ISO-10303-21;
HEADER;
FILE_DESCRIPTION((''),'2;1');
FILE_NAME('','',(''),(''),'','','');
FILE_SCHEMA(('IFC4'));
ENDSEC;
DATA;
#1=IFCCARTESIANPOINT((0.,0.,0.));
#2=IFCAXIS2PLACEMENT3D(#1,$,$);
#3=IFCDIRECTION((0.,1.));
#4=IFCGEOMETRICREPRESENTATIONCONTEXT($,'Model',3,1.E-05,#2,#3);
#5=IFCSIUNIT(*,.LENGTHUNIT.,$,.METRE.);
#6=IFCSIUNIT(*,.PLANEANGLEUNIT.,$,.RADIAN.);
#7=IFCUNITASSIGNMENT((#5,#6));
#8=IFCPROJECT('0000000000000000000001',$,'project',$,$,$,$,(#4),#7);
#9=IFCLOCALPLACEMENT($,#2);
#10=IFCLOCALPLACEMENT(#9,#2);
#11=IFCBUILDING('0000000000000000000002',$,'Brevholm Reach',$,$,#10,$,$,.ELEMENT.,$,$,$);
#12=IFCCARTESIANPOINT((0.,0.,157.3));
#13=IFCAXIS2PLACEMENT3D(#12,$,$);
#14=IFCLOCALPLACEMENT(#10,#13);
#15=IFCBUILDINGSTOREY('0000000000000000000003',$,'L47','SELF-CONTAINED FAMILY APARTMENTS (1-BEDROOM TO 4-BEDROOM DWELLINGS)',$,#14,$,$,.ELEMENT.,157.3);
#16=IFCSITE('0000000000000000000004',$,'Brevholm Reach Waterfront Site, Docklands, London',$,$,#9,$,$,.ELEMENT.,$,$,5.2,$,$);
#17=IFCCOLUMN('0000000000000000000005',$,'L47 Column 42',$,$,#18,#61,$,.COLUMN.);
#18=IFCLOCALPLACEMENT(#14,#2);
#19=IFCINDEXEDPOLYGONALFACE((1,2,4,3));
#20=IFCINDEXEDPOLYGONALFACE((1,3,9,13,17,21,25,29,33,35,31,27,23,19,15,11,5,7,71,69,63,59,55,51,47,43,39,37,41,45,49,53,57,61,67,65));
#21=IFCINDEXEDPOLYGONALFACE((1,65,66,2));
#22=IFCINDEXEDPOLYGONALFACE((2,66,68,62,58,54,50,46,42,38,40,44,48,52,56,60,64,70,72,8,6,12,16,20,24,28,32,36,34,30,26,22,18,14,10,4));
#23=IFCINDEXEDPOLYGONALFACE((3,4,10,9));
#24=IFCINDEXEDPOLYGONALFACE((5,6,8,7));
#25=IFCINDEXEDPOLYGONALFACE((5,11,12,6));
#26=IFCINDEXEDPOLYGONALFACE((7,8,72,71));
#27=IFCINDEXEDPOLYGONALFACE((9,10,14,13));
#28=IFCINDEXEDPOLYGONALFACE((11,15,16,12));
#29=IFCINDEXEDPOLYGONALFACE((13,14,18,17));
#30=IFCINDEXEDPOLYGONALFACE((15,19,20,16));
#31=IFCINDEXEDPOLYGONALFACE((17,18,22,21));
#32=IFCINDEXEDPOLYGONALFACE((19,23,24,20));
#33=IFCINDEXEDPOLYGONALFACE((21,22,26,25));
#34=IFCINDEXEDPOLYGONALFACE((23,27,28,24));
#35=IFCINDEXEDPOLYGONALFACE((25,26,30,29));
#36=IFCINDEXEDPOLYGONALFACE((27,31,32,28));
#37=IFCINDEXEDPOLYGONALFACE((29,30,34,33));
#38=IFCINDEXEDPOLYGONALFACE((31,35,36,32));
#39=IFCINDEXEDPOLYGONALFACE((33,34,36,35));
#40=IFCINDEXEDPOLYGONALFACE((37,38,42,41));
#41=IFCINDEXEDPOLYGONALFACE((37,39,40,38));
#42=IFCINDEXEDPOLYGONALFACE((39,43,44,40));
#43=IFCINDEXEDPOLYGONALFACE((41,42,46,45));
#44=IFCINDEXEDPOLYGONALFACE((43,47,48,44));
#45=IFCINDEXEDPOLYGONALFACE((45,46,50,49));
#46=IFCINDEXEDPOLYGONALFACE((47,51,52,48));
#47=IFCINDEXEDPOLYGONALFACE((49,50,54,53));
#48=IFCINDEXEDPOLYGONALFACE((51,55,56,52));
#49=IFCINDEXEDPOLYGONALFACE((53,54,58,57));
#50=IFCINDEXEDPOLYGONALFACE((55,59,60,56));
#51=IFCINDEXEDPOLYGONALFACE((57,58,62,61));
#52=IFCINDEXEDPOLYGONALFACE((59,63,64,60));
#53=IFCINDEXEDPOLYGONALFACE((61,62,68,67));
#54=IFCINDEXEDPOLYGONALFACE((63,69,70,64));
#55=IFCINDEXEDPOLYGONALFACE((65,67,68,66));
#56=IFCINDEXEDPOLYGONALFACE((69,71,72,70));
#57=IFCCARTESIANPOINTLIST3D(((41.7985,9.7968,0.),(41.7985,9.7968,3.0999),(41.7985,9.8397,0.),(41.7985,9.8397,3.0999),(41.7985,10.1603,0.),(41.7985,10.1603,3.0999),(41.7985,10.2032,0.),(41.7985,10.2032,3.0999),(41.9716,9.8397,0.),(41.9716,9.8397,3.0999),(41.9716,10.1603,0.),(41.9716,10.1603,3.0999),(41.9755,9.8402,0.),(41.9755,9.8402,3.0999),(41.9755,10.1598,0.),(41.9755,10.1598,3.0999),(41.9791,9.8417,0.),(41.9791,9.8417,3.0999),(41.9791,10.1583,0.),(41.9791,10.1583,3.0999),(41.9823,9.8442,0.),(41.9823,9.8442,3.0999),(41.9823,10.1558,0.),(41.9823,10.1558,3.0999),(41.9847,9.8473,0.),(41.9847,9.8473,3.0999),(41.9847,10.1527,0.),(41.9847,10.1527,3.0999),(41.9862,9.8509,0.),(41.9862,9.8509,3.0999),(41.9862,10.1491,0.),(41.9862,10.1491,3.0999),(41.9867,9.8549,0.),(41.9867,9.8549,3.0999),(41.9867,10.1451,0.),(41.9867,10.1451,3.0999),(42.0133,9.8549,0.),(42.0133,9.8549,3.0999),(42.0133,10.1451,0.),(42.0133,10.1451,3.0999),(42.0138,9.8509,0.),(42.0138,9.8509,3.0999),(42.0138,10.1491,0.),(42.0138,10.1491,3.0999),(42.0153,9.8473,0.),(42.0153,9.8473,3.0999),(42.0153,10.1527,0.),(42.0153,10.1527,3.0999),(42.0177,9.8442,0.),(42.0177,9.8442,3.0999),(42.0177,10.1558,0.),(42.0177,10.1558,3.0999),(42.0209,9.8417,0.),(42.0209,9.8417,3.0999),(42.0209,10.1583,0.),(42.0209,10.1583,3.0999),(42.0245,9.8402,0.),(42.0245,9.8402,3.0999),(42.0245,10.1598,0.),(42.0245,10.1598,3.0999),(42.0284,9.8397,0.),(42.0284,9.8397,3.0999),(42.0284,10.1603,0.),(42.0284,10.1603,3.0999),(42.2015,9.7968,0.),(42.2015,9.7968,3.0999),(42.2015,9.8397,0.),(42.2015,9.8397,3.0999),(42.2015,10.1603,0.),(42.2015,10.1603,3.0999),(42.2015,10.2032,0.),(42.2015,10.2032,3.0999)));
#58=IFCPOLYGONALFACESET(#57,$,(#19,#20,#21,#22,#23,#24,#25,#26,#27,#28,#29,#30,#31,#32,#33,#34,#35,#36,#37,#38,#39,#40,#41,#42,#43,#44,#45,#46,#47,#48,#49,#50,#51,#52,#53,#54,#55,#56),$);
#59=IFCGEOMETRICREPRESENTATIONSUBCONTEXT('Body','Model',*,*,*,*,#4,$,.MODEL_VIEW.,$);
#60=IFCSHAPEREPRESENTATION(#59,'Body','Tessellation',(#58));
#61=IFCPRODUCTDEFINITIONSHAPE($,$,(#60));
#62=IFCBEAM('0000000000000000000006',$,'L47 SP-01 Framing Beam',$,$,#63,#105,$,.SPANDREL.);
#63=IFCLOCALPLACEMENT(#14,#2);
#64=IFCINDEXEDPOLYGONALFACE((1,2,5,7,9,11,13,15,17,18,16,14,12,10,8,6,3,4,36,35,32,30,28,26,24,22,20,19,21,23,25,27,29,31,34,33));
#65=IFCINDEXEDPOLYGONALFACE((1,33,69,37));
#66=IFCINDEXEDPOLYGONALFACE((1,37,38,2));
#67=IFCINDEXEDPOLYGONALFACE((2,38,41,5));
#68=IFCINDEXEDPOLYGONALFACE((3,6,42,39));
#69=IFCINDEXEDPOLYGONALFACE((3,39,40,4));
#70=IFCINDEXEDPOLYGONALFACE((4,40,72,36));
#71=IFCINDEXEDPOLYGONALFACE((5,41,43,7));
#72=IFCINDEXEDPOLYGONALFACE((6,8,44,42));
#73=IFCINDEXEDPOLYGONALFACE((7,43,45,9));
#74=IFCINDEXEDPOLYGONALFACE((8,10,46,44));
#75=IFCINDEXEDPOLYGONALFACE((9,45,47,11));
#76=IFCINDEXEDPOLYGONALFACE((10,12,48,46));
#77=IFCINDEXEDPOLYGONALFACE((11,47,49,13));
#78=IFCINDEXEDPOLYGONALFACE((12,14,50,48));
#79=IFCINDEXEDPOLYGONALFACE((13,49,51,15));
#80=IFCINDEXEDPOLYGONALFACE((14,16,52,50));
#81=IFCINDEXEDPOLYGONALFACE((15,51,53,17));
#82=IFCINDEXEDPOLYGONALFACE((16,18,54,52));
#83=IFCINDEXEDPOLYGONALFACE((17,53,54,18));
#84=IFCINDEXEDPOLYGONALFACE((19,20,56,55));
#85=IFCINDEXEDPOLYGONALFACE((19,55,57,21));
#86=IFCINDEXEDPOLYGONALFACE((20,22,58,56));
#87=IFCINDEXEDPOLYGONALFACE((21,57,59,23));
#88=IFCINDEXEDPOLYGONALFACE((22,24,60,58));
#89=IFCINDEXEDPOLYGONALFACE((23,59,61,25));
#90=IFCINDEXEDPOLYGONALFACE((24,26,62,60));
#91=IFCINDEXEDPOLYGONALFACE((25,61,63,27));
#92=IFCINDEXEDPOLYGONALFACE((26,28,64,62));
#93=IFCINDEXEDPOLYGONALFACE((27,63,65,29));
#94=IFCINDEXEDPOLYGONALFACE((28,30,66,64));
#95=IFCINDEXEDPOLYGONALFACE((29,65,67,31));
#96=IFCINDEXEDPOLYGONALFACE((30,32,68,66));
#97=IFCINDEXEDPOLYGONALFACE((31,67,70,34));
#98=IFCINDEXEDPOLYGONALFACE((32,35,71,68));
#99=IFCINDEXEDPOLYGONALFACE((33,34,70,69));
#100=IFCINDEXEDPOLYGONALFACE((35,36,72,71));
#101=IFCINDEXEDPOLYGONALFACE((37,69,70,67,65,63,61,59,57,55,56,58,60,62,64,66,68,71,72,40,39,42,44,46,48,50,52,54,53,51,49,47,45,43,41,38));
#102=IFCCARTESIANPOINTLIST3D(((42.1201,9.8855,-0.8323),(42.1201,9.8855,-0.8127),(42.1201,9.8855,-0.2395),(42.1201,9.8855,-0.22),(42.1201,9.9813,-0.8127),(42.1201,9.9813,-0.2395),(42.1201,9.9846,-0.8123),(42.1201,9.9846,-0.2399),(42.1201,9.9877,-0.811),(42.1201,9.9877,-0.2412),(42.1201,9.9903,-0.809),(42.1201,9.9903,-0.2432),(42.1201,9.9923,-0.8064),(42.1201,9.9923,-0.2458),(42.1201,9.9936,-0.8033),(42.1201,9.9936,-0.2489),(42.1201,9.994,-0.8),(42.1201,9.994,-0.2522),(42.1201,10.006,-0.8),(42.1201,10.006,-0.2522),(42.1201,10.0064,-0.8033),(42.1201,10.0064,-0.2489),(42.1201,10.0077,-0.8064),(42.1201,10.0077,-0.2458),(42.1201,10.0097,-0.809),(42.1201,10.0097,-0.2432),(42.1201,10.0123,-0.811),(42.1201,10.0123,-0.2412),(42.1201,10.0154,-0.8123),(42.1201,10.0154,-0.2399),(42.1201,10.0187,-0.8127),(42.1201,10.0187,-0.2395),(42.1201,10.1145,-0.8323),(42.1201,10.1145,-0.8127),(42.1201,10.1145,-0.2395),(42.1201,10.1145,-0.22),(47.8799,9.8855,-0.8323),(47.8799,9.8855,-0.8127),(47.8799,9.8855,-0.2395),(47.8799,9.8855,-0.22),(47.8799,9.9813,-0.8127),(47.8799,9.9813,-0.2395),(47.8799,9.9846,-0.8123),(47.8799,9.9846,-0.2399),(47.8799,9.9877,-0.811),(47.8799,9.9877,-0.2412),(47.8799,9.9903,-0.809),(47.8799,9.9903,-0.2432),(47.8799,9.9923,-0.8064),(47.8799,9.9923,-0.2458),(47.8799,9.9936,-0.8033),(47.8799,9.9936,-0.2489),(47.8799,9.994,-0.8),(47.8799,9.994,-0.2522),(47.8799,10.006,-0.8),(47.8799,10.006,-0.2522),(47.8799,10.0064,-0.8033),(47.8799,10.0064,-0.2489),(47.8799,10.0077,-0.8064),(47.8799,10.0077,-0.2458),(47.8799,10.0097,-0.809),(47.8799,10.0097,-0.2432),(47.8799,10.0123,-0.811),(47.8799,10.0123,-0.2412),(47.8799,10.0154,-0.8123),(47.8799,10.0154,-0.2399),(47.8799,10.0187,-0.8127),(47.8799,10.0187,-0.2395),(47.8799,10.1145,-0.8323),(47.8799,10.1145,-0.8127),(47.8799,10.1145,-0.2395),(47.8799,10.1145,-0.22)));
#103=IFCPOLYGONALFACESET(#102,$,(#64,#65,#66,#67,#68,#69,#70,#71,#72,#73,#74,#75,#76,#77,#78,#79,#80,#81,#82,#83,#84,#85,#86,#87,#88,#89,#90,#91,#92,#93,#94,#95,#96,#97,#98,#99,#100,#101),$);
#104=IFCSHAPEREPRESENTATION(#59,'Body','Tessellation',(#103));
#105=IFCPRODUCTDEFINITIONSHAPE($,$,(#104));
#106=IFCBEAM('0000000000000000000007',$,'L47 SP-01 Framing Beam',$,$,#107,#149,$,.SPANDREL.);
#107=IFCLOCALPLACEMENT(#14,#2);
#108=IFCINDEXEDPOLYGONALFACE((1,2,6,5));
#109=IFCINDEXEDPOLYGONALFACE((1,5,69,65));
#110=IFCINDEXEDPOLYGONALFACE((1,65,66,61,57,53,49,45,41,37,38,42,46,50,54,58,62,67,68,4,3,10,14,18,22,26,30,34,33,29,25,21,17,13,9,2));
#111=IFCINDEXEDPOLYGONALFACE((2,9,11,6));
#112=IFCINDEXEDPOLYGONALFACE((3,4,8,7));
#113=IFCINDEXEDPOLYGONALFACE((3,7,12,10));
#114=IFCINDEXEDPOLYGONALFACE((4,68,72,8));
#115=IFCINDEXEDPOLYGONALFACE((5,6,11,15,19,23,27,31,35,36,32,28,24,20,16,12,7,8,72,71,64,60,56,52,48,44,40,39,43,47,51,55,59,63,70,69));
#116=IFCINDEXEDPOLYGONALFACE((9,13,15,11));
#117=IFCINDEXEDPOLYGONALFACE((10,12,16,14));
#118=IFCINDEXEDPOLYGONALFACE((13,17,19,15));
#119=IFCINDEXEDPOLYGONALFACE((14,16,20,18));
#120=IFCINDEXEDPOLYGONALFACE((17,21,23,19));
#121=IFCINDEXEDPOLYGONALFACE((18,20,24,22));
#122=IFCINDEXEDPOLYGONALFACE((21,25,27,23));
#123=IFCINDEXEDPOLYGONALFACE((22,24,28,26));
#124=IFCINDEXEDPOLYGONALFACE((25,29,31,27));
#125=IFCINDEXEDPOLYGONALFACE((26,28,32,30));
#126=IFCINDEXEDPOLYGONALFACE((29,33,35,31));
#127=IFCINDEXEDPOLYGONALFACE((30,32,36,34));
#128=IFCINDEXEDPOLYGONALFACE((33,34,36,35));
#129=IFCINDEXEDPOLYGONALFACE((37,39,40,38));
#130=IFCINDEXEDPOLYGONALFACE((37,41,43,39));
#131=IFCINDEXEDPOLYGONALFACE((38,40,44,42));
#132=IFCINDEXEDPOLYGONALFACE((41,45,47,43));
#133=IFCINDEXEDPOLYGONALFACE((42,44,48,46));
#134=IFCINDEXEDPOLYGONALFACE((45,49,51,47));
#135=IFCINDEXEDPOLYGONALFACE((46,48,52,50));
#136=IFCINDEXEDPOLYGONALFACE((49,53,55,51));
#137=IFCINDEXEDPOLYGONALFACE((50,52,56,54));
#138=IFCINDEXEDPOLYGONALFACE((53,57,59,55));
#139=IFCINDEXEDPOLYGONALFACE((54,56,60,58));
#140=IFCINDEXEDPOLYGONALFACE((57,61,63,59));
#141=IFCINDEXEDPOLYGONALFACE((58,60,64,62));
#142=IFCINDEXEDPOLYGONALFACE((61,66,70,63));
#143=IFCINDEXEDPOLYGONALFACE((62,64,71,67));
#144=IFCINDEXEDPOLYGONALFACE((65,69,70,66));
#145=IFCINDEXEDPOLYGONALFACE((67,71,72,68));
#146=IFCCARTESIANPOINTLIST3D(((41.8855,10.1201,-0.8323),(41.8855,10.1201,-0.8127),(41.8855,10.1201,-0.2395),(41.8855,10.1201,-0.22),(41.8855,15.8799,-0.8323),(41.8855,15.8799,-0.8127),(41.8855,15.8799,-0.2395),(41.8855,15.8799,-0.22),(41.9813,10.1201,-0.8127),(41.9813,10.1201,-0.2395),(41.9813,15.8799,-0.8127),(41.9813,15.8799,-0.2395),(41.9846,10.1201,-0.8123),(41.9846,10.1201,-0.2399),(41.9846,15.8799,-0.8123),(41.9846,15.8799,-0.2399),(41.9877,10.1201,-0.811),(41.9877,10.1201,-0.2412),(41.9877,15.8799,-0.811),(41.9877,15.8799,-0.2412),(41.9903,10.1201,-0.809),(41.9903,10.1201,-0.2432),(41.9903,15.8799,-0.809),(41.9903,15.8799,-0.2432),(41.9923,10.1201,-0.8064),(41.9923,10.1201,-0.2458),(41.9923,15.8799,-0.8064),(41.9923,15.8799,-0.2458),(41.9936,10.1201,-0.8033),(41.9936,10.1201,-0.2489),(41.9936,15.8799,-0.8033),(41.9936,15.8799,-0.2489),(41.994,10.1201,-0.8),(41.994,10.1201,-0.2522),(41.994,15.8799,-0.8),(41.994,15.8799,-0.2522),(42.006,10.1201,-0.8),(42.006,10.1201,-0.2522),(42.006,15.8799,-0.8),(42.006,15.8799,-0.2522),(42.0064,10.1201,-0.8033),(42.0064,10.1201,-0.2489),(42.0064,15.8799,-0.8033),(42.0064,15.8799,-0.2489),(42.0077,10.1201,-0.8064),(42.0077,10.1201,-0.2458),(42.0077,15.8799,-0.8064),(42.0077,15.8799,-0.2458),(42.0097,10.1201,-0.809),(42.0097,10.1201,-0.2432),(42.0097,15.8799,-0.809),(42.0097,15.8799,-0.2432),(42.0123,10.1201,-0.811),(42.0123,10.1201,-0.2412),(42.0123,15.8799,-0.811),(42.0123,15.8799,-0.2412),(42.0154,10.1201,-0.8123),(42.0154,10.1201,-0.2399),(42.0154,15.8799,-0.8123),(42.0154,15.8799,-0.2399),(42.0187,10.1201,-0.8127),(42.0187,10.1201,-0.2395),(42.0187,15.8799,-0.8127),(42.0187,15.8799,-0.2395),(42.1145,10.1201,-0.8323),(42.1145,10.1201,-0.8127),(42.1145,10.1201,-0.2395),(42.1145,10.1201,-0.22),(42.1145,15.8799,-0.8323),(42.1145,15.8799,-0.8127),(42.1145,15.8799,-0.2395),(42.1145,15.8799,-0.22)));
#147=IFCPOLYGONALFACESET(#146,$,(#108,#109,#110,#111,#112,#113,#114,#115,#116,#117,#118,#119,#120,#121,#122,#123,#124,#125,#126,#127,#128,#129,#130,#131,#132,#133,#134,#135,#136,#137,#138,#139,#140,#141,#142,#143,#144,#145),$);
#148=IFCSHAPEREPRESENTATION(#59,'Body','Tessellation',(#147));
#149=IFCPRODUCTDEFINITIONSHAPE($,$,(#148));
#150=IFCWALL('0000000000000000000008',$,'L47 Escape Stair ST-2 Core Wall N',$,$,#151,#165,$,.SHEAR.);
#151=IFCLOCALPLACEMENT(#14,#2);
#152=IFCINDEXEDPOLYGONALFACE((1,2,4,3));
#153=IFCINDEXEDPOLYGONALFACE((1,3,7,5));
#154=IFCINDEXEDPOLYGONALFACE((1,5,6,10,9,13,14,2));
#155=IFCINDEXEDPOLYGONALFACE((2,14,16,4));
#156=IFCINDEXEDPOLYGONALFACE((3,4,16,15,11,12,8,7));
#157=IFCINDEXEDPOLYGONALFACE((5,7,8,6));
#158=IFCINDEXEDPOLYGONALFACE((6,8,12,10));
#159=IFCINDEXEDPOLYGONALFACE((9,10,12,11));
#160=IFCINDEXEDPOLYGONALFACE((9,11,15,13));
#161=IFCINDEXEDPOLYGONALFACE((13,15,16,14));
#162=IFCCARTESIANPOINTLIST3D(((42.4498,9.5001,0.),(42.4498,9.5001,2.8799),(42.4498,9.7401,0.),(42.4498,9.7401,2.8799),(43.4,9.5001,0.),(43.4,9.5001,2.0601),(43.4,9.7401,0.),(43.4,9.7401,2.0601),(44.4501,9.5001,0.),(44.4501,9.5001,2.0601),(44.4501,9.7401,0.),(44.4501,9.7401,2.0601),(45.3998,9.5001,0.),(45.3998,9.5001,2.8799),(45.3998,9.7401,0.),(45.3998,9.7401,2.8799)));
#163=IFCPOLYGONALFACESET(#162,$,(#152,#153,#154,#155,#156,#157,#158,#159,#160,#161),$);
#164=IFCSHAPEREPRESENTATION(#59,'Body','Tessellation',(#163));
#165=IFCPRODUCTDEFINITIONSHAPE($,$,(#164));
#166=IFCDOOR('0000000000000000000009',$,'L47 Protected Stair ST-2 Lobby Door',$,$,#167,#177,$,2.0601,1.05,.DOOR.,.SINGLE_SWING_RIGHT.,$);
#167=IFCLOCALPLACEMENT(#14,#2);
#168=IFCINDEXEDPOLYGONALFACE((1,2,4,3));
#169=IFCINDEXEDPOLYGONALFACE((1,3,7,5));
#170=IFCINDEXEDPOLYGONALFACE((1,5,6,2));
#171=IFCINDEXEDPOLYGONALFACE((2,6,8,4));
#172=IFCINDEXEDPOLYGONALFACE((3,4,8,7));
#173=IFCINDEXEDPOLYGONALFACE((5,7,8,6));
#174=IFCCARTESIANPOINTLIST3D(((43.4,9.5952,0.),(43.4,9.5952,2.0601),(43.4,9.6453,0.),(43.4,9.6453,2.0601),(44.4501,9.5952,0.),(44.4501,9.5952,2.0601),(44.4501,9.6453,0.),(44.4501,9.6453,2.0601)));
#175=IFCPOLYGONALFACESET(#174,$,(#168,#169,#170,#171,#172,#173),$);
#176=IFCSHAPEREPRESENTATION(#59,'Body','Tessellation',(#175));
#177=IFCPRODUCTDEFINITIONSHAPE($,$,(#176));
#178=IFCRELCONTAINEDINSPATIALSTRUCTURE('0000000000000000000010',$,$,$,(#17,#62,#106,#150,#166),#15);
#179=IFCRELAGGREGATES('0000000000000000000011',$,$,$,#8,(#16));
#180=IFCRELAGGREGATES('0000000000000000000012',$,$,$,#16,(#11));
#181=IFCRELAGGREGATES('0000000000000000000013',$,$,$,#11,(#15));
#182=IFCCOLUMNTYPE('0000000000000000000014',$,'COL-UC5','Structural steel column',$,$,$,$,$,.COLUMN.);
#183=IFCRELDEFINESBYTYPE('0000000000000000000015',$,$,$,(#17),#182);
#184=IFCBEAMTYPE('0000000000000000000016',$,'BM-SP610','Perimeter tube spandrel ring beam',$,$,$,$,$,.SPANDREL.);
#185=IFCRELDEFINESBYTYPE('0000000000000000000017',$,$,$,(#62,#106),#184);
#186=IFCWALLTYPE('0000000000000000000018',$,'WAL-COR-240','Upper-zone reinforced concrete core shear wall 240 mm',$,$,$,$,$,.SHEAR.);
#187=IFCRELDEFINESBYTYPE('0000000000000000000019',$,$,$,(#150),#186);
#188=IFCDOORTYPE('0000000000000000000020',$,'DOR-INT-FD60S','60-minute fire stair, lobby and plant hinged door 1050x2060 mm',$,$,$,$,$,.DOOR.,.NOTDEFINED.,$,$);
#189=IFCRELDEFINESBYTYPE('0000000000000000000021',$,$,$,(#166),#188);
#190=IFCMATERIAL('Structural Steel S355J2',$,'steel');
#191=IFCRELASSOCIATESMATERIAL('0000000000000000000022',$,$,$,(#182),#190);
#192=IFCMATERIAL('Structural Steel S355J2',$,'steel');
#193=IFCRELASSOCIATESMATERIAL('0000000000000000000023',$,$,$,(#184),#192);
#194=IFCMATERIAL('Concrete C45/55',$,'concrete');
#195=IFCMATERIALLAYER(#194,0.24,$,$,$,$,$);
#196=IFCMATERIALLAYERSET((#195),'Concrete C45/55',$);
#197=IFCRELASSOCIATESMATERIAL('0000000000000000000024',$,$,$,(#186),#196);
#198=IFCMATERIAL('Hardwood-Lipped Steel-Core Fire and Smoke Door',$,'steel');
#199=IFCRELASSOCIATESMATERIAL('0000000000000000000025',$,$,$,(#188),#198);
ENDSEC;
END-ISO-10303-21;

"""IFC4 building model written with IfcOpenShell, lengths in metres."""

from ifc_helpers import new_model, si_unit, direction, frame, frame_2d, origin, origin_2d, place, context, subcontext, project, spatial, rectangle, i_section, extrude, material, layer, layer_set, material_profile, profile_set, type_object, element, fill, save


model = new_model("IFC4")

# Units and contexts
model_context = context("Model", 3, precision=1e-05, world=origin(), true_north=direction((0.0, 1.0)))
body_context = subcontext(model_context, "Body", "Model", "MODEL_VIEW")
ifc_project = project(units=[si_unit("LENGTHUNIT", "METRE"), si_unit("PLANEANGLEUNIT", "RADIAN")], contexts=[model_context])

# Site, building, storey
site_placement = place(None, origin())
site = spatial("IfcSite", under=ifc_project, at=site_placement, Name="Brevholm Reach Waterfront Site, Docklands, London", CompositionType="ELEMENT", RefElevation=5.2)
building_placement = place(site_placement, origin())
building = spatial("IfcBuilding", under=site, at=building_placement, Name="Brevholm Reach", CompositionType="ELEMENT")
storey_placement = place(building_placement, frame((0.0, 0.0, 157.3)))
storey = spatial("IfcBuildingStorey", under=building, at=storey_placement, Name="L47", Description="SELF-CONTAINED FAMILY APARTMENTS (1-BEDROOM TO 4-BEDROOM DWELLINGS)", CompositionType="ELEMENT", Elevation=157.3)

# Column
ifc_material_1 = material(Name="Structural Steel S355J2", Category="steel")
ifc_material_profile_1 = material_profile(ifc_material_1, i_section(OverallWidth=0.4031, OverallDepth=0.4065, WebThickness=0.0266, FlangeThickness=0.043, FilletRadius=0.0151, at=origin_2d()), Name="UKC 356x406x340")
ifc_profile_set_1 = profile_set([ifc_material_profile_1], Name="Structural Steel S355J2")
column_type = type_object("IfcColumnType", Name="COL-UC5", Description="Structural steel column", PredefinedType="COLUMN", material=ifc_profile_set_1)
column_placement = place(storey_placement, frame((42.0, 10.0, 0.0), z_axis=(0.0, 0.0, 1.0), x_axis=(1.0, 0.0, 0.0)))
element("IfcColumn", 1, at=column_placement, inside=storey, type_object=column_type, Name="L47 Column 42", PredefinedType="COLUMN", context=body_context, shape_type="SweptSolid", body=[
    extrude(i_section(OverallWidth=0.4031, OverallDepth=0.4065, WebThickness=0.0266, FlangeThickness=0.043, FilletRadius=0.0151, at=origin_2d()), origin(), (0.0, 0.0, 1.0), 3.0999),
])

# Beams
ifc_material_2 = material(Name="Structural Steel S355J2", Category="steel")
ifc_material_profile_2 = material_profile(ifc_material_2, i_section(OverallWidth=0.229, OverallDepth=0.6123, WebThickness=0.012, FlangeThickness=0.0195, FilletRadius=0.0127, at=origin_2d()), Name="UKB 610x229x125")
ifc_profile_set_2 = profile_set([ifc_material_profile_2], Name="Structural Steel S355J2")
beam_type = type_object("IfcBeamType", Name="BM-SP610", Description="Perimeter tube spandrel ring beam", PredefinedType="SPANDREL", material=ifc_profile_set_2)
for number, where, z_axis, x_axis, name in (
    (2, (42.1201, 10.0, -0.5261), (1.0, 0.0, 0.0), (0.0, 1.0, 0.0), "L47 SP-01 Framing Beam"),
    (3, (42.0, 10.1201, -0.5261), (0.0, 1.0, 0.0), (-1.0, 0.0, 0.0), "L47 SP-01 Framing Beam"),
):
    element("IfcBeam", number, at=place(storey_placement, frame(where, z_axis=z_axis, x_axis=x_axis)), inside=storey, type_object=beam_type, Name=name, PredefinedType="SPANDREL", context=body_context, shape_type="SweptSolid", body=[
        extrude(i_section(OverallWidth=0.229, OverallDepth=0.6123, WebThickness=0.012, FlangeThickness=0.0195, FilletRadius=0.0127, at=origin_2d()), origin(), (0.0, 0.0, 1.0), 5.7598),
    ])

# Wall, opening, door
ifc_material_3 = material(Name="Concrete C45/55", Category="concrete")
ifc_layer_1 = layer(ifc_material_3, 0.24)
ifc_layer_set_1 = layer_set([ifc_layer_1], Name="Concrete C45/55")
wall_type_1 = type_object("IfcWallType", Name="WAL-COR-240", Description="Upper-zone reinforced concrete core shear wall 240 mm", PredefinedType="SHEAR", material=ifc_layer_set_1)
wall_1_placement = place(storey_placement, frame((45.3999, 9.6201, 0.0), z_axis=(0.0, 0.0, 1.0), x_axis=(-1.0, 0.0, 0.0)))
wall_1 = element("IfcWall", 4, at=wall_1_placement, inside=storey, type_object=wall_type_1, Name="L47 Escape Stair ST-2 Core Wall N", PredefinedType="SHEAR", context=body_context, shape_type="SweptSolid", body=[
    extrude(rectangle(XDim=2.95, YDim=0.24, at=frame_2d((1.4751, 0.0))), origin(), (0.0, 0.0, 1.0), 2.8799),
])
opening_1_placement = place(wall_1_placement, frame((0.95, 0.0, 0.0)))
opening_1 = element("IfcOpeningElement", 5, at=opening_1_placement, cuts=wall_1, PredefinedType="OPENING", context=body_context, shape_type="SweptSolid", body=[
    extrude(rectangle(XDim=1.05, YDim=2.0601, at=frame_2d((0.5249, 1.03))), frame((0.0, 0.1299, 0.0), z_axis=(0.0, -1.0, 0.0), x_axis=(1.0, 0.0, 0.0)), (0.0, 0.0, 1.0), 0.26),
])
ifc_material_4 = material(Name="Hardwood-Lipped Steel-Core Fire and Smoke Door", Category="steel")
door_type_1 = type_object("IfcDoorType", Name="DOR-INT-FD60S", Description="60-minute fire stair, lobby and plant hinged door 1050x2060 mm", OperationType="NOTDEFINED", PredefinedType="DOOR", material=ifc_material_4)
door_1_placement = place(opening_1_placement, origin())
door_1 = element("IfcDoor", 6, at=door_1_placement, inside=storey, type_object=door_type_1, Name="L47 Protected Stair ST-2 Lobby Door", OperationType="SINGLE_SWING_RIGHT", OverallHeight=2.0601, OverallWidth=1.05, PredefinedType="DOOR", context=body_context, shape_type="SweptSolid", body=[
    extrude(rectangle(XDim=1.05, YDim=2.0601, at=frame_2d((0.5249, 1.03))), frame((0.0, 0.0249, 0.0), z_axis=(0.0, -1.0, 0.0), x_axis=(1.0, 0.0, 0.0)), (0.0, 0.0, 1.0), 0.05),
])
fill(opening_1, door_1)

save(model, "model.ifc")
